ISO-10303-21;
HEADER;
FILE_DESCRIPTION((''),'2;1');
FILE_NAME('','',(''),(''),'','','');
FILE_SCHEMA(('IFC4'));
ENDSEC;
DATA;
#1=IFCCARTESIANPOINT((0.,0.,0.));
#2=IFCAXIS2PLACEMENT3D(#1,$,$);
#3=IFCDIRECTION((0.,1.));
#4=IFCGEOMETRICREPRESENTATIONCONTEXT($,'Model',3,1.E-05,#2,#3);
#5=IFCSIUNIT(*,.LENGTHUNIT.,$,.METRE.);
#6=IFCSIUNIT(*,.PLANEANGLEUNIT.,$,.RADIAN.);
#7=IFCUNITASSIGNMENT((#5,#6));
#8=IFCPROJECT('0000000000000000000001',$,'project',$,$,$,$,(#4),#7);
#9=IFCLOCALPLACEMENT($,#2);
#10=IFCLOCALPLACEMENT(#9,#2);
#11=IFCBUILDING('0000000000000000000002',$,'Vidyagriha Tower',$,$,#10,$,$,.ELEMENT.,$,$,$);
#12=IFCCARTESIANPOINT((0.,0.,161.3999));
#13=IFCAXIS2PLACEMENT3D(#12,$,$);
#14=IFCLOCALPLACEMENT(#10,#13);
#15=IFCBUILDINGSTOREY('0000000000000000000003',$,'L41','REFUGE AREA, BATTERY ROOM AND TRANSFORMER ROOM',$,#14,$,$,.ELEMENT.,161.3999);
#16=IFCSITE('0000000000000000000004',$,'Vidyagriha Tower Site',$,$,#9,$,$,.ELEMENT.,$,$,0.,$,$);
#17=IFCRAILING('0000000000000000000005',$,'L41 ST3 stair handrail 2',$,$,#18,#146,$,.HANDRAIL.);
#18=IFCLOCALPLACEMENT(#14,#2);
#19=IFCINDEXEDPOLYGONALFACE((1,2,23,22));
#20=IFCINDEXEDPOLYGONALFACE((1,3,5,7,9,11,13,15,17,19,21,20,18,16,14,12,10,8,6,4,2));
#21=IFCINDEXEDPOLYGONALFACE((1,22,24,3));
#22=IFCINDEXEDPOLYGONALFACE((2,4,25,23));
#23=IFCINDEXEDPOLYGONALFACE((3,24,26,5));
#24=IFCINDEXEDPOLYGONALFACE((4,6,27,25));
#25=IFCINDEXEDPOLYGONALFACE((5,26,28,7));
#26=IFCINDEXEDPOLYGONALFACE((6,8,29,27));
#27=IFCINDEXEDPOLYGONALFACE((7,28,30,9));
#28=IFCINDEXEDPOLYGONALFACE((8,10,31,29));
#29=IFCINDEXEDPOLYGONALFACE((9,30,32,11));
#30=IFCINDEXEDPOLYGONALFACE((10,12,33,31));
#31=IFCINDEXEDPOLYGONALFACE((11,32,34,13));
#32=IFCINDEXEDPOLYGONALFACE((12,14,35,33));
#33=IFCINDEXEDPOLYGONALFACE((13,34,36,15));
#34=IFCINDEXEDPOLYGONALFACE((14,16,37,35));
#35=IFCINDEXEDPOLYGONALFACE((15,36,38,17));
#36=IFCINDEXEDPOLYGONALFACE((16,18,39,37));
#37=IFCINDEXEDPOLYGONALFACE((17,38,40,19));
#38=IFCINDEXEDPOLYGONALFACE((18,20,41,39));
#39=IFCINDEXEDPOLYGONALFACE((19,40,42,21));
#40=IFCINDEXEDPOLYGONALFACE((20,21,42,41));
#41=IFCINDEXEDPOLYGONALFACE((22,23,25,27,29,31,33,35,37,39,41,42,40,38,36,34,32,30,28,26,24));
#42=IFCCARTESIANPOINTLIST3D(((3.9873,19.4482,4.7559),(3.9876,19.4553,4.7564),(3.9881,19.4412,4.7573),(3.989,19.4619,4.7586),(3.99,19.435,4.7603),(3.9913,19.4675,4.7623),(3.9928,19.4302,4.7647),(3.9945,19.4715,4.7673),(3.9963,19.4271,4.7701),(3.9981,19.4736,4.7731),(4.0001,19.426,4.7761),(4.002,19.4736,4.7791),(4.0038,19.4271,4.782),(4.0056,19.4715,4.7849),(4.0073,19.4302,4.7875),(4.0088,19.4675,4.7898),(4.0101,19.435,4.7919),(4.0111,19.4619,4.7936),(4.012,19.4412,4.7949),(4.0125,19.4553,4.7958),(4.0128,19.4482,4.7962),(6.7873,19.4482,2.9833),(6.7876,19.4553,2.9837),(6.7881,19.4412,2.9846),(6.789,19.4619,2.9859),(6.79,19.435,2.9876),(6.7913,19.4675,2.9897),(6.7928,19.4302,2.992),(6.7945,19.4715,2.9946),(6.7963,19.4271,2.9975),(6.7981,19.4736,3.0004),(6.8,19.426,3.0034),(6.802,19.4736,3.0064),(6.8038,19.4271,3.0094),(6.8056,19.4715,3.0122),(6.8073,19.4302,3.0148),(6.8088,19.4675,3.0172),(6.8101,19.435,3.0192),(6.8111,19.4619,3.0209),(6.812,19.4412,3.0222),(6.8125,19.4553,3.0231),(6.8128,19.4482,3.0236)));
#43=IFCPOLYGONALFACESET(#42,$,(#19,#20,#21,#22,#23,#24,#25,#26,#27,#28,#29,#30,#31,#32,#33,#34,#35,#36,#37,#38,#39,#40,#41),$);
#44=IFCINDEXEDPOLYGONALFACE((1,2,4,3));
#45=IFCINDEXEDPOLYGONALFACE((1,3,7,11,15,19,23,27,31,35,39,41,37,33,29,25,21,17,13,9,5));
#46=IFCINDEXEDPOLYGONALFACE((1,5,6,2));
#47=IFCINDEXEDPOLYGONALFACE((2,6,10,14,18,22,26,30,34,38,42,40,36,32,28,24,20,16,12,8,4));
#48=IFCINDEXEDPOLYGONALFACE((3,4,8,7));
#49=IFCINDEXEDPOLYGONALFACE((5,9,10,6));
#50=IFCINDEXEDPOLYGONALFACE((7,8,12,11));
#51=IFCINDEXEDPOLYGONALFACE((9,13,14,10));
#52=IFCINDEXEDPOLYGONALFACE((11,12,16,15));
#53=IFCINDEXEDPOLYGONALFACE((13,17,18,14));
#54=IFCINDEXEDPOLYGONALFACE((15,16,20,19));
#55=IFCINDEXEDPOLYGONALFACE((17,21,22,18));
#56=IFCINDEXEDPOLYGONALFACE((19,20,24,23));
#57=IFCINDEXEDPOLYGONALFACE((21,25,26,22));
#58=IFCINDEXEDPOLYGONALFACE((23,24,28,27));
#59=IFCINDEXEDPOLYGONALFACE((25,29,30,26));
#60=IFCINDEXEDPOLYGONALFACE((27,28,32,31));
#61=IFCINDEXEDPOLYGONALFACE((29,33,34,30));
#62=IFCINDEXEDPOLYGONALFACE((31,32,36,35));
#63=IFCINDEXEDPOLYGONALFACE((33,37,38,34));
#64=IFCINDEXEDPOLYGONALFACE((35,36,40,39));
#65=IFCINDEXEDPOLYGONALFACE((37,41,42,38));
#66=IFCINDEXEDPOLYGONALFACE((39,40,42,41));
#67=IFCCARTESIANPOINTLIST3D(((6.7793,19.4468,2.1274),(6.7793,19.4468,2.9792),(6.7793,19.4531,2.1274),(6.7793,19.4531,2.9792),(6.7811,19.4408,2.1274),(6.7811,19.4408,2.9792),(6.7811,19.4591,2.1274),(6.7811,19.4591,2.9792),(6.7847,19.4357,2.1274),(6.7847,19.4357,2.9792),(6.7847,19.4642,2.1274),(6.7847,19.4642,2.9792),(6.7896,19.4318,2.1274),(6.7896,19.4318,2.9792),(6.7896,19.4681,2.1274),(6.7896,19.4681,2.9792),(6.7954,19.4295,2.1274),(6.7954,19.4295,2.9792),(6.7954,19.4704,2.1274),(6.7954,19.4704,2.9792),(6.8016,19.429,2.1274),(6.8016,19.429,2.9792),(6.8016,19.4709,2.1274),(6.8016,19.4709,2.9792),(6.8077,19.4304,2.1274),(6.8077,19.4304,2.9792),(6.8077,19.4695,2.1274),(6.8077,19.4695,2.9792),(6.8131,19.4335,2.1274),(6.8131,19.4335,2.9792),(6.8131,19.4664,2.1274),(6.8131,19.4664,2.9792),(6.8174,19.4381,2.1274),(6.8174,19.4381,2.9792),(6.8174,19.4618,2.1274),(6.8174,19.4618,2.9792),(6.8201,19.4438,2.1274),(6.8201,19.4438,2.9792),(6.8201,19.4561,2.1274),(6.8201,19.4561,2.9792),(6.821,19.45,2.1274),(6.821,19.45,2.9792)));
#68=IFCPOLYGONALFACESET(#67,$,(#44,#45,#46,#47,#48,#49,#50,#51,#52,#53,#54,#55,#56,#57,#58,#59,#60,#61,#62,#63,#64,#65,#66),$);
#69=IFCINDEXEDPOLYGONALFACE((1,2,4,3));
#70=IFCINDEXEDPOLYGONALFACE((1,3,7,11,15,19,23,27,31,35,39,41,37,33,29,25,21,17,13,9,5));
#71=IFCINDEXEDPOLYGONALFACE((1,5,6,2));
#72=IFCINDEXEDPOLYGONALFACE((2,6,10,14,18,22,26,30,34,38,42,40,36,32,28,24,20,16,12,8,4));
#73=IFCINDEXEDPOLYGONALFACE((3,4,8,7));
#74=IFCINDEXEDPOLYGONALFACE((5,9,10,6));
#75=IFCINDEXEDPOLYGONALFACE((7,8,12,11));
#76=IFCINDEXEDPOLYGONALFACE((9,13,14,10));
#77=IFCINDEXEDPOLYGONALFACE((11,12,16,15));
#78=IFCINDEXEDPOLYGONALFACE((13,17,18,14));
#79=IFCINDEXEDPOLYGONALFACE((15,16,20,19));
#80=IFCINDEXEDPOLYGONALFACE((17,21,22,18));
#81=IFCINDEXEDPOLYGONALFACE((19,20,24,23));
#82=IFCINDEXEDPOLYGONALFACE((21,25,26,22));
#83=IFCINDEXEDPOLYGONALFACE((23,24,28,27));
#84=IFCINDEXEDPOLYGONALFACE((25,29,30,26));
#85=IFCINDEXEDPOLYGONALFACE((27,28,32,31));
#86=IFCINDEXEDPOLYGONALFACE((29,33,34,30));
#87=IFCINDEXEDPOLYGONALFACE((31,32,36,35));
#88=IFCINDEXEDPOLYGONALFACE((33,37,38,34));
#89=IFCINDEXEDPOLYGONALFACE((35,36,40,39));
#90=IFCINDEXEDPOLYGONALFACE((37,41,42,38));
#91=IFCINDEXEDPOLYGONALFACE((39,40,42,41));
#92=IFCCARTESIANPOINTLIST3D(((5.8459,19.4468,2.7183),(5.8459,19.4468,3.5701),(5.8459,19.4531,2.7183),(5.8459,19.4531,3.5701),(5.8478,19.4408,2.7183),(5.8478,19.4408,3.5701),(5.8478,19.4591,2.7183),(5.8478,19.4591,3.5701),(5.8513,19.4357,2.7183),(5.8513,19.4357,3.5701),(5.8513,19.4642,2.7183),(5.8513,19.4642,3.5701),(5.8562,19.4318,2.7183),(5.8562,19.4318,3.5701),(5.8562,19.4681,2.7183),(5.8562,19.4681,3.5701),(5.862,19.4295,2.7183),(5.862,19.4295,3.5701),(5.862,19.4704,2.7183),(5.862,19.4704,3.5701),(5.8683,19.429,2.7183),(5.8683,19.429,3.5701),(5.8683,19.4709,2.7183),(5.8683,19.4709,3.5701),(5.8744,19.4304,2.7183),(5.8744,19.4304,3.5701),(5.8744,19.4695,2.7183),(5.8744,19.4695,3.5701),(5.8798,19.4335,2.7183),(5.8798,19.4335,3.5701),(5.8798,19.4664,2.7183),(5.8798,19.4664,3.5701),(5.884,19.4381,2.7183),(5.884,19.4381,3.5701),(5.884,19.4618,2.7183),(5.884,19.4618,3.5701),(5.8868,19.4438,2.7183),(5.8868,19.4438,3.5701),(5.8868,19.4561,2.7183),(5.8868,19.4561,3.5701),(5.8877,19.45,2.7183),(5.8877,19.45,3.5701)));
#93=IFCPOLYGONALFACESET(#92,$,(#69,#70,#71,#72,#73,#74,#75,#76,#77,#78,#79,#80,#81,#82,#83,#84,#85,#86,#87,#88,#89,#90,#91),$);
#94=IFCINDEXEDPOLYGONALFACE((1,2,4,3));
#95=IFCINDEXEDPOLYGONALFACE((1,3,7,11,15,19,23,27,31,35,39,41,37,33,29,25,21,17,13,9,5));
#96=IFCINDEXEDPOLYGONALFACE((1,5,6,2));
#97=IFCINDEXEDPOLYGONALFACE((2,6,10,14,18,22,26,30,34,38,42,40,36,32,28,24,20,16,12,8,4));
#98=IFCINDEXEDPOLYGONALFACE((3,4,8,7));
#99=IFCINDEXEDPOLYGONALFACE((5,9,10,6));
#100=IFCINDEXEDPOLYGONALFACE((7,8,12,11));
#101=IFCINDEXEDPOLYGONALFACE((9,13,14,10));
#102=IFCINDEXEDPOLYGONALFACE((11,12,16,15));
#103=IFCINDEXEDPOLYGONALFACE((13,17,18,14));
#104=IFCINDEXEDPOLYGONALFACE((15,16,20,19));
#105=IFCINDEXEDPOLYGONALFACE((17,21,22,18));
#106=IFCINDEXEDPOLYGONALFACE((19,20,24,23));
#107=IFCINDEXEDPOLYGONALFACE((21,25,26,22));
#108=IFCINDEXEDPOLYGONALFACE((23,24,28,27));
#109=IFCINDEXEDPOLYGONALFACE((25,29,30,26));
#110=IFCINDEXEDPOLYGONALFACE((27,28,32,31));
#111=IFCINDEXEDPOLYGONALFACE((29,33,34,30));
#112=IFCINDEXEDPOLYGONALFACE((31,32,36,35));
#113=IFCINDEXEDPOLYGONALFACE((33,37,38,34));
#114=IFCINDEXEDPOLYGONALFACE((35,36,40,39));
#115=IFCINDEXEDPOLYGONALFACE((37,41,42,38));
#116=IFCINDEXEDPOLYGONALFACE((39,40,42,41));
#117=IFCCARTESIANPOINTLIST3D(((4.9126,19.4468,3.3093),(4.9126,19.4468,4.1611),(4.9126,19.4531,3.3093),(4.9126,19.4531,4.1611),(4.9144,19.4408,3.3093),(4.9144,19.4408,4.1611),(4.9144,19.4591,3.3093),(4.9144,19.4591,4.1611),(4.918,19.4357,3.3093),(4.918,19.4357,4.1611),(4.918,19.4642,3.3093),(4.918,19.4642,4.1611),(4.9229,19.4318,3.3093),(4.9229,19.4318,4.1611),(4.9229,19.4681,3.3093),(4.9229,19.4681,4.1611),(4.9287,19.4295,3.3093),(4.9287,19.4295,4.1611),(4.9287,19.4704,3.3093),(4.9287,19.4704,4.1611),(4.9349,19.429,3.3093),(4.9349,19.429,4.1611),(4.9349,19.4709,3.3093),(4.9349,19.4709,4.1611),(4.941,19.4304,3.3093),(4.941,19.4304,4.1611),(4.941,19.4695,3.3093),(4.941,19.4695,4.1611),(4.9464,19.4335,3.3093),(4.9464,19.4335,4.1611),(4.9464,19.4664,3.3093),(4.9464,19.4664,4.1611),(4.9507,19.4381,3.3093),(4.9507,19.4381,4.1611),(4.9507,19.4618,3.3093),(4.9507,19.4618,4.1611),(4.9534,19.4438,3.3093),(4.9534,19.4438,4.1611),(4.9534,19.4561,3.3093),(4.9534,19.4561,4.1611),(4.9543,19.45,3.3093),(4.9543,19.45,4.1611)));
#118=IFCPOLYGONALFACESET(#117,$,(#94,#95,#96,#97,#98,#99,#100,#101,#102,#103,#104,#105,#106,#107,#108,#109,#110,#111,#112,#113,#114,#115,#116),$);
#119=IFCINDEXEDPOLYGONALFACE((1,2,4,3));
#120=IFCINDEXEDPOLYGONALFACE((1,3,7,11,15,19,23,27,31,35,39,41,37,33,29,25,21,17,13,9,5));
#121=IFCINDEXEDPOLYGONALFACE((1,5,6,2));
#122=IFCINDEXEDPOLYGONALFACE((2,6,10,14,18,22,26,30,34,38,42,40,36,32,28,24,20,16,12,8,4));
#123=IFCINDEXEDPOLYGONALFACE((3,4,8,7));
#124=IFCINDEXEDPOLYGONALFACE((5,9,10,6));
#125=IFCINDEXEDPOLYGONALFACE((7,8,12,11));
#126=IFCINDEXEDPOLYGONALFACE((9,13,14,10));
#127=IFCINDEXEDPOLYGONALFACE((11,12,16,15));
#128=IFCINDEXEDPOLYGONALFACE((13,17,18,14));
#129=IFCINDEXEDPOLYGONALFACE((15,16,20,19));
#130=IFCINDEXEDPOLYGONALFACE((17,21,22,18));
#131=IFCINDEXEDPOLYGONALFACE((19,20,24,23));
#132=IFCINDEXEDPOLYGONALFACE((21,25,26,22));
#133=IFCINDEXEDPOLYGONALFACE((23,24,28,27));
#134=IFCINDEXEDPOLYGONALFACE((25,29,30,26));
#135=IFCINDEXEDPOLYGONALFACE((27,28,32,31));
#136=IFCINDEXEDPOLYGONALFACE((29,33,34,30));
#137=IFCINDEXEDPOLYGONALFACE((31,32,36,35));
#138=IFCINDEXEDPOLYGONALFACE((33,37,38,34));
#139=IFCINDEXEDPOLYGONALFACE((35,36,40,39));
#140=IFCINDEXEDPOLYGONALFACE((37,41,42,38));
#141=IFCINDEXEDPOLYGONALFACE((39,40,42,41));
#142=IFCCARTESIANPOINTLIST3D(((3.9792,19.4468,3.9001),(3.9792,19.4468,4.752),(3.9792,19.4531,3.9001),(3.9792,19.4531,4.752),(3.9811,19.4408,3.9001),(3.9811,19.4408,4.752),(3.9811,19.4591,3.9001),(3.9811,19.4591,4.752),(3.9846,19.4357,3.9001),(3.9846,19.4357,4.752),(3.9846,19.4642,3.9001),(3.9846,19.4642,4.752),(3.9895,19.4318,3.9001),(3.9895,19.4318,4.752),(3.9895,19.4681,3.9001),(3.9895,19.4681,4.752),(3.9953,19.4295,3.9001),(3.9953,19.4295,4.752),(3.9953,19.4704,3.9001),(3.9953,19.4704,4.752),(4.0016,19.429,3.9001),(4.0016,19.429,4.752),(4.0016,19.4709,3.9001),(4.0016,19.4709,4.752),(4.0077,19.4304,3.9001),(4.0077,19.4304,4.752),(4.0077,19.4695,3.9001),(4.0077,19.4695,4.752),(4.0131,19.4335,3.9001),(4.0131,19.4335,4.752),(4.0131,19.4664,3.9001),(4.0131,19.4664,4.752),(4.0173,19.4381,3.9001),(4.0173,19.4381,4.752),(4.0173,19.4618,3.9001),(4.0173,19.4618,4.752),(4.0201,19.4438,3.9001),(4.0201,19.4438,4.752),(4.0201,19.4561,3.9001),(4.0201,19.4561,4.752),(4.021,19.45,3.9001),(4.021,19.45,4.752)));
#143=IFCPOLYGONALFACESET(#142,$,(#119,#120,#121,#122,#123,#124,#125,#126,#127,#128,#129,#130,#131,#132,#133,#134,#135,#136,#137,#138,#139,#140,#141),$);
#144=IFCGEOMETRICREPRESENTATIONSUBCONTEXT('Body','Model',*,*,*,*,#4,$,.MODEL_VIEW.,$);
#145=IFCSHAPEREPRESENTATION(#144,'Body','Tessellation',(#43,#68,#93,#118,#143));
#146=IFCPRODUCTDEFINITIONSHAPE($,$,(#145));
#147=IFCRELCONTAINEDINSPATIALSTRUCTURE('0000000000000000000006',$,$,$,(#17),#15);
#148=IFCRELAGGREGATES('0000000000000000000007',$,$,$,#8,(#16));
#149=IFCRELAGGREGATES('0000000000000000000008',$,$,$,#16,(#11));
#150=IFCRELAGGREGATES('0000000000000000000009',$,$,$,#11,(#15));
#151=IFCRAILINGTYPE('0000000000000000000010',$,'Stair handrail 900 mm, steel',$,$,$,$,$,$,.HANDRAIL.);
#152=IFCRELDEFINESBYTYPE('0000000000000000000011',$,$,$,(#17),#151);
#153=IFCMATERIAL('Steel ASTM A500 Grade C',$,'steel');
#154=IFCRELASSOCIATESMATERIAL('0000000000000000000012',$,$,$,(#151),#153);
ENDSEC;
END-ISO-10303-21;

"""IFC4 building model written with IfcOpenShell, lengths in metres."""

from ifc_helpers import new_model, si_unit, direction, frame, origin, origin_2d, place, context, subcontext, project, spatial, circle, extrude, material, type_object, element, save


model = new_model("IFC4")

# Units and contexts
model_context = context("Model", 3, precision=1e-05, world=origin(), true_north=direction((0.0, 1.0)))
body_context = subcontext(model_context, "Body", "Model", "MODEL_VIEW")
ifc_project = project(units=[si_unit("LENGTHUNIT", "METRE"), si_unit("PLANEANGLEUNIT", "RADIAN")], contexts=[model_context])

# Site, building, storey
site_placement = place(None, origin())
site = spatial("IfcSite", under=ifc_project, at=site_placement, Name="Vidyagriha Tower Site", CompositionType="ELEMENT", RefElevation=0.0)
building_placement = place(site_placement, origin())
building = spatial("IfcBuilding", under=site, at=building_placement, Name="Vidyagriha Tower", CompositionType="ELEMENT")
storey_placement = place(building_placement, frame((0.0, 0.0, 161.3999)))
storey = spatial("IfcBuildingStorey", under=building, at=storey_placement, Name="L41", Description="REFUGE AREA, BATTERY ROOM AND TRANSFORMER ROOM", CompositionType="ELEMENT", Elevation=161.3999)

# Railing
ifc_material_1 = material(Name="Steel ASTM A500 Grade C", Category="steel")
railing_type_1 = type_object("IfcRailingType", Name="Stair handrail 900 mm, steel", PredefinedType="HANDRAIL", material=ifc_material_1)
railing_1_placement = place(storey_placement, frame((6.8, 19.45, 2.1274)))
element("IfcRailing", 1, at=railing_1_placement, inside=storey, type_object=railing_type_1, Name="L41 ST3 stair handrail 2", PredefinedType="HANDRAIL", context=body_context, shape_type="SweptSolid", body=[
    extrude(circle(Radius=0.0239, at=origin_2d()), frame((0.0, 0.0, 0.876), z_axis=(-0.844909, 0.0, 0.53491), x_axis=(0.0, -1.0, 0.0)), (0.0, 0.0, 1.0), 3.314),
    extrude(circle(Radius=0.021, at=origin_2d()), origin(), (0.0, 0.0, 1.0), 0.8518),
    extrude(circle(Radius=0.021, at=origin_2d()), frame((-0.9333, 0.0, 0.5908)), (0.0, 0.0, 1.0), 0.8518),
    extrude(circle(Radius=0.021, at=origin_2d()), frame((-1.8667, 0.0, 1.1819)), (0.0, 0.0, 1.0), 0.8518),
    extrude(circle(Radius=0.021, at=origin_2d()), frame((-2.8, 0.0, 1.7727)), (0.0, 0.0, 1.0), 0.8518),
])

save(model, "model.ifc")
